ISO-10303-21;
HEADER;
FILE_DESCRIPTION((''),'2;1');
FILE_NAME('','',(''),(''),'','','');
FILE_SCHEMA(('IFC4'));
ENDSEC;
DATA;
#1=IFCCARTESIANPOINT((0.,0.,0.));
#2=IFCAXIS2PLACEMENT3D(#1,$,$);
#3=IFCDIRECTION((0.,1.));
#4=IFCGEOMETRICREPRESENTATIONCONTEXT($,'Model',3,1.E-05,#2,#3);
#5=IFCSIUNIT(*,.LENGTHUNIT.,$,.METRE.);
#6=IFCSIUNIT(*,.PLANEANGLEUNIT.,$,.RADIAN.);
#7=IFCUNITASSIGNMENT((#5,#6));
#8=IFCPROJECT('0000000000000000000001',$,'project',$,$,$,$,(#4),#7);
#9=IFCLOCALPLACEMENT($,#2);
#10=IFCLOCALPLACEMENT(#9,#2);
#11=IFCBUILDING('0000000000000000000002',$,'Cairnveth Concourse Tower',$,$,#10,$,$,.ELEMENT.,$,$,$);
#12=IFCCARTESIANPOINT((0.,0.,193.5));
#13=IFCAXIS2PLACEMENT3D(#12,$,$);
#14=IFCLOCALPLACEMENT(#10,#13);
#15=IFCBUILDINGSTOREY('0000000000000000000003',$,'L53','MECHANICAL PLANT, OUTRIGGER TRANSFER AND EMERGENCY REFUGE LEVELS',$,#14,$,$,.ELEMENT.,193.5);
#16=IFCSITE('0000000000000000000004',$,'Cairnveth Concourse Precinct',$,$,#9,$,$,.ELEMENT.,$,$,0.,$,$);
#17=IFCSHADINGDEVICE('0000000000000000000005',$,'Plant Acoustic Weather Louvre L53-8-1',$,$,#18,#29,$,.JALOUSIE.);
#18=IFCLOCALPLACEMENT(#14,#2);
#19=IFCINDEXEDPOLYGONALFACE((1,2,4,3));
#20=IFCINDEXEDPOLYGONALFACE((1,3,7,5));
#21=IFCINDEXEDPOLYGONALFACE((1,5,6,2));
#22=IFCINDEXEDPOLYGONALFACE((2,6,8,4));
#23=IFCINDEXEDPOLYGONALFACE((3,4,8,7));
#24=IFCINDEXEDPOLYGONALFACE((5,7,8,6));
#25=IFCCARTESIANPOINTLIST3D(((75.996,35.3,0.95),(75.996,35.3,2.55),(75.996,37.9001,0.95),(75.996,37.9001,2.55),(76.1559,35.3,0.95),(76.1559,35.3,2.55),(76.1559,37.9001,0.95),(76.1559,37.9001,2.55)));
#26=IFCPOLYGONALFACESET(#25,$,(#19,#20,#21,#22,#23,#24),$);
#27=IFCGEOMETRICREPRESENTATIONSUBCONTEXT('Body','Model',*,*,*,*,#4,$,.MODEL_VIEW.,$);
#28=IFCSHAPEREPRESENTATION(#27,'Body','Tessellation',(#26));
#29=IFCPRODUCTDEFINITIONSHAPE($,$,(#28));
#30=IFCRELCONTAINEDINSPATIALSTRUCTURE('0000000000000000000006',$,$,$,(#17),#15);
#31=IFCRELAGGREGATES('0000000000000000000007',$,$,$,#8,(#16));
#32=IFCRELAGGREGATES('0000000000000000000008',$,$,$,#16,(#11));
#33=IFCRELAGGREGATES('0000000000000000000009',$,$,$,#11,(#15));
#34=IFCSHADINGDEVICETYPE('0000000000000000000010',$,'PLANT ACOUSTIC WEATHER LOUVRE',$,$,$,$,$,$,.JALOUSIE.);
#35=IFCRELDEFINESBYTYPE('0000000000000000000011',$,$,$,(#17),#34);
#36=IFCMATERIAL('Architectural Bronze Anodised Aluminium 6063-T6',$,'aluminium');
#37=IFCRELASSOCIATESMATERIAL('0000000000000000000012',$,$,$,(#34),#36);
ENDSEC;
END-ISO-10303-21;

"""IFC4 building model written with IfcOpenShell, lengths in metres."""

from ifc_helpers import new_model, si_unit, direction, frame, origin, origin_2d, place, context, subcontext, project, spatial, rectangle, extrude, material, type_object, element, save


model = new_model("IFC4")

# Units and contexts
model_context = context("Model", 3, precision=1e-05, world=origin(), true_north=direction((0.0, 1.0)))
body_context = subcontext(model_context, "Body", "Model", "MODEL_VIEW")
ifc_project = project(units=[si_unit("LENGTHUNIT", "METRE"), si_unit("PLANEANGLEUNIT", "RADIAN")], contexts=[model_context])

# Site, building, storey
site_placement = place(None, origin())
site = spatial("IfcSite", under=ifc_project, at=site_placement, Name="Cairnveth Concourse Precinct", CompositionType="ELEMENT", RefElevation=0.0)
building_placement = place(site_placement, origin())
building = spatial("IfcBuilding", under=site, at=building_placement, Name="Cairnveth Concourse Tower", CompositionType="ELEMENT")
storey_placement = place(building_placement, frame((0.0, 0.0, 193.5)))
storey = spatial("IfcBuildingStorey", under=building, at=storey_placement, Name="L53", Description="MECHANICAL PLANT, OUTRIGGER TRANSFER AND EMERGENCY REFUGE LEVELS", CompositionType="ELEMENT", Elevation=193.5)

# Shading device
ifc_material_1 = material(Name="Architectural Bronze Anodised Aluminium 6063-T6", Category="aluminium")
shading_device_type = type_object("IfcShadingDeviceType", Name="PLANT ACOUSTIC WEATHER LOUVRE", PredefinedType="JALOUSIE", material=ifc_material_1)
shading_device_placement = place(storey_placement, frame((76.0759, 36.6001, 0.95), z_axis=(0.0, 0.0, 1.0), x_axis=(1.0, 0.0, 0.0)))
element("IfcShadingDevice", 1, at=shading_device_placement, inside=storey, type_object=shading_device_type, Name="Plant Acoustic Weather Louvre L53-8-1", PredefinedType="JALOUSIE", context=body_context, shape_type="SweptSolid", body=[
    extrude(rectangle(XDim=0.1599, YDim=2.6001, at=origin_2d()), origin(), (0.0, 0.0, 1.0), 1.6001),
])

save(model, "model.ifc")
